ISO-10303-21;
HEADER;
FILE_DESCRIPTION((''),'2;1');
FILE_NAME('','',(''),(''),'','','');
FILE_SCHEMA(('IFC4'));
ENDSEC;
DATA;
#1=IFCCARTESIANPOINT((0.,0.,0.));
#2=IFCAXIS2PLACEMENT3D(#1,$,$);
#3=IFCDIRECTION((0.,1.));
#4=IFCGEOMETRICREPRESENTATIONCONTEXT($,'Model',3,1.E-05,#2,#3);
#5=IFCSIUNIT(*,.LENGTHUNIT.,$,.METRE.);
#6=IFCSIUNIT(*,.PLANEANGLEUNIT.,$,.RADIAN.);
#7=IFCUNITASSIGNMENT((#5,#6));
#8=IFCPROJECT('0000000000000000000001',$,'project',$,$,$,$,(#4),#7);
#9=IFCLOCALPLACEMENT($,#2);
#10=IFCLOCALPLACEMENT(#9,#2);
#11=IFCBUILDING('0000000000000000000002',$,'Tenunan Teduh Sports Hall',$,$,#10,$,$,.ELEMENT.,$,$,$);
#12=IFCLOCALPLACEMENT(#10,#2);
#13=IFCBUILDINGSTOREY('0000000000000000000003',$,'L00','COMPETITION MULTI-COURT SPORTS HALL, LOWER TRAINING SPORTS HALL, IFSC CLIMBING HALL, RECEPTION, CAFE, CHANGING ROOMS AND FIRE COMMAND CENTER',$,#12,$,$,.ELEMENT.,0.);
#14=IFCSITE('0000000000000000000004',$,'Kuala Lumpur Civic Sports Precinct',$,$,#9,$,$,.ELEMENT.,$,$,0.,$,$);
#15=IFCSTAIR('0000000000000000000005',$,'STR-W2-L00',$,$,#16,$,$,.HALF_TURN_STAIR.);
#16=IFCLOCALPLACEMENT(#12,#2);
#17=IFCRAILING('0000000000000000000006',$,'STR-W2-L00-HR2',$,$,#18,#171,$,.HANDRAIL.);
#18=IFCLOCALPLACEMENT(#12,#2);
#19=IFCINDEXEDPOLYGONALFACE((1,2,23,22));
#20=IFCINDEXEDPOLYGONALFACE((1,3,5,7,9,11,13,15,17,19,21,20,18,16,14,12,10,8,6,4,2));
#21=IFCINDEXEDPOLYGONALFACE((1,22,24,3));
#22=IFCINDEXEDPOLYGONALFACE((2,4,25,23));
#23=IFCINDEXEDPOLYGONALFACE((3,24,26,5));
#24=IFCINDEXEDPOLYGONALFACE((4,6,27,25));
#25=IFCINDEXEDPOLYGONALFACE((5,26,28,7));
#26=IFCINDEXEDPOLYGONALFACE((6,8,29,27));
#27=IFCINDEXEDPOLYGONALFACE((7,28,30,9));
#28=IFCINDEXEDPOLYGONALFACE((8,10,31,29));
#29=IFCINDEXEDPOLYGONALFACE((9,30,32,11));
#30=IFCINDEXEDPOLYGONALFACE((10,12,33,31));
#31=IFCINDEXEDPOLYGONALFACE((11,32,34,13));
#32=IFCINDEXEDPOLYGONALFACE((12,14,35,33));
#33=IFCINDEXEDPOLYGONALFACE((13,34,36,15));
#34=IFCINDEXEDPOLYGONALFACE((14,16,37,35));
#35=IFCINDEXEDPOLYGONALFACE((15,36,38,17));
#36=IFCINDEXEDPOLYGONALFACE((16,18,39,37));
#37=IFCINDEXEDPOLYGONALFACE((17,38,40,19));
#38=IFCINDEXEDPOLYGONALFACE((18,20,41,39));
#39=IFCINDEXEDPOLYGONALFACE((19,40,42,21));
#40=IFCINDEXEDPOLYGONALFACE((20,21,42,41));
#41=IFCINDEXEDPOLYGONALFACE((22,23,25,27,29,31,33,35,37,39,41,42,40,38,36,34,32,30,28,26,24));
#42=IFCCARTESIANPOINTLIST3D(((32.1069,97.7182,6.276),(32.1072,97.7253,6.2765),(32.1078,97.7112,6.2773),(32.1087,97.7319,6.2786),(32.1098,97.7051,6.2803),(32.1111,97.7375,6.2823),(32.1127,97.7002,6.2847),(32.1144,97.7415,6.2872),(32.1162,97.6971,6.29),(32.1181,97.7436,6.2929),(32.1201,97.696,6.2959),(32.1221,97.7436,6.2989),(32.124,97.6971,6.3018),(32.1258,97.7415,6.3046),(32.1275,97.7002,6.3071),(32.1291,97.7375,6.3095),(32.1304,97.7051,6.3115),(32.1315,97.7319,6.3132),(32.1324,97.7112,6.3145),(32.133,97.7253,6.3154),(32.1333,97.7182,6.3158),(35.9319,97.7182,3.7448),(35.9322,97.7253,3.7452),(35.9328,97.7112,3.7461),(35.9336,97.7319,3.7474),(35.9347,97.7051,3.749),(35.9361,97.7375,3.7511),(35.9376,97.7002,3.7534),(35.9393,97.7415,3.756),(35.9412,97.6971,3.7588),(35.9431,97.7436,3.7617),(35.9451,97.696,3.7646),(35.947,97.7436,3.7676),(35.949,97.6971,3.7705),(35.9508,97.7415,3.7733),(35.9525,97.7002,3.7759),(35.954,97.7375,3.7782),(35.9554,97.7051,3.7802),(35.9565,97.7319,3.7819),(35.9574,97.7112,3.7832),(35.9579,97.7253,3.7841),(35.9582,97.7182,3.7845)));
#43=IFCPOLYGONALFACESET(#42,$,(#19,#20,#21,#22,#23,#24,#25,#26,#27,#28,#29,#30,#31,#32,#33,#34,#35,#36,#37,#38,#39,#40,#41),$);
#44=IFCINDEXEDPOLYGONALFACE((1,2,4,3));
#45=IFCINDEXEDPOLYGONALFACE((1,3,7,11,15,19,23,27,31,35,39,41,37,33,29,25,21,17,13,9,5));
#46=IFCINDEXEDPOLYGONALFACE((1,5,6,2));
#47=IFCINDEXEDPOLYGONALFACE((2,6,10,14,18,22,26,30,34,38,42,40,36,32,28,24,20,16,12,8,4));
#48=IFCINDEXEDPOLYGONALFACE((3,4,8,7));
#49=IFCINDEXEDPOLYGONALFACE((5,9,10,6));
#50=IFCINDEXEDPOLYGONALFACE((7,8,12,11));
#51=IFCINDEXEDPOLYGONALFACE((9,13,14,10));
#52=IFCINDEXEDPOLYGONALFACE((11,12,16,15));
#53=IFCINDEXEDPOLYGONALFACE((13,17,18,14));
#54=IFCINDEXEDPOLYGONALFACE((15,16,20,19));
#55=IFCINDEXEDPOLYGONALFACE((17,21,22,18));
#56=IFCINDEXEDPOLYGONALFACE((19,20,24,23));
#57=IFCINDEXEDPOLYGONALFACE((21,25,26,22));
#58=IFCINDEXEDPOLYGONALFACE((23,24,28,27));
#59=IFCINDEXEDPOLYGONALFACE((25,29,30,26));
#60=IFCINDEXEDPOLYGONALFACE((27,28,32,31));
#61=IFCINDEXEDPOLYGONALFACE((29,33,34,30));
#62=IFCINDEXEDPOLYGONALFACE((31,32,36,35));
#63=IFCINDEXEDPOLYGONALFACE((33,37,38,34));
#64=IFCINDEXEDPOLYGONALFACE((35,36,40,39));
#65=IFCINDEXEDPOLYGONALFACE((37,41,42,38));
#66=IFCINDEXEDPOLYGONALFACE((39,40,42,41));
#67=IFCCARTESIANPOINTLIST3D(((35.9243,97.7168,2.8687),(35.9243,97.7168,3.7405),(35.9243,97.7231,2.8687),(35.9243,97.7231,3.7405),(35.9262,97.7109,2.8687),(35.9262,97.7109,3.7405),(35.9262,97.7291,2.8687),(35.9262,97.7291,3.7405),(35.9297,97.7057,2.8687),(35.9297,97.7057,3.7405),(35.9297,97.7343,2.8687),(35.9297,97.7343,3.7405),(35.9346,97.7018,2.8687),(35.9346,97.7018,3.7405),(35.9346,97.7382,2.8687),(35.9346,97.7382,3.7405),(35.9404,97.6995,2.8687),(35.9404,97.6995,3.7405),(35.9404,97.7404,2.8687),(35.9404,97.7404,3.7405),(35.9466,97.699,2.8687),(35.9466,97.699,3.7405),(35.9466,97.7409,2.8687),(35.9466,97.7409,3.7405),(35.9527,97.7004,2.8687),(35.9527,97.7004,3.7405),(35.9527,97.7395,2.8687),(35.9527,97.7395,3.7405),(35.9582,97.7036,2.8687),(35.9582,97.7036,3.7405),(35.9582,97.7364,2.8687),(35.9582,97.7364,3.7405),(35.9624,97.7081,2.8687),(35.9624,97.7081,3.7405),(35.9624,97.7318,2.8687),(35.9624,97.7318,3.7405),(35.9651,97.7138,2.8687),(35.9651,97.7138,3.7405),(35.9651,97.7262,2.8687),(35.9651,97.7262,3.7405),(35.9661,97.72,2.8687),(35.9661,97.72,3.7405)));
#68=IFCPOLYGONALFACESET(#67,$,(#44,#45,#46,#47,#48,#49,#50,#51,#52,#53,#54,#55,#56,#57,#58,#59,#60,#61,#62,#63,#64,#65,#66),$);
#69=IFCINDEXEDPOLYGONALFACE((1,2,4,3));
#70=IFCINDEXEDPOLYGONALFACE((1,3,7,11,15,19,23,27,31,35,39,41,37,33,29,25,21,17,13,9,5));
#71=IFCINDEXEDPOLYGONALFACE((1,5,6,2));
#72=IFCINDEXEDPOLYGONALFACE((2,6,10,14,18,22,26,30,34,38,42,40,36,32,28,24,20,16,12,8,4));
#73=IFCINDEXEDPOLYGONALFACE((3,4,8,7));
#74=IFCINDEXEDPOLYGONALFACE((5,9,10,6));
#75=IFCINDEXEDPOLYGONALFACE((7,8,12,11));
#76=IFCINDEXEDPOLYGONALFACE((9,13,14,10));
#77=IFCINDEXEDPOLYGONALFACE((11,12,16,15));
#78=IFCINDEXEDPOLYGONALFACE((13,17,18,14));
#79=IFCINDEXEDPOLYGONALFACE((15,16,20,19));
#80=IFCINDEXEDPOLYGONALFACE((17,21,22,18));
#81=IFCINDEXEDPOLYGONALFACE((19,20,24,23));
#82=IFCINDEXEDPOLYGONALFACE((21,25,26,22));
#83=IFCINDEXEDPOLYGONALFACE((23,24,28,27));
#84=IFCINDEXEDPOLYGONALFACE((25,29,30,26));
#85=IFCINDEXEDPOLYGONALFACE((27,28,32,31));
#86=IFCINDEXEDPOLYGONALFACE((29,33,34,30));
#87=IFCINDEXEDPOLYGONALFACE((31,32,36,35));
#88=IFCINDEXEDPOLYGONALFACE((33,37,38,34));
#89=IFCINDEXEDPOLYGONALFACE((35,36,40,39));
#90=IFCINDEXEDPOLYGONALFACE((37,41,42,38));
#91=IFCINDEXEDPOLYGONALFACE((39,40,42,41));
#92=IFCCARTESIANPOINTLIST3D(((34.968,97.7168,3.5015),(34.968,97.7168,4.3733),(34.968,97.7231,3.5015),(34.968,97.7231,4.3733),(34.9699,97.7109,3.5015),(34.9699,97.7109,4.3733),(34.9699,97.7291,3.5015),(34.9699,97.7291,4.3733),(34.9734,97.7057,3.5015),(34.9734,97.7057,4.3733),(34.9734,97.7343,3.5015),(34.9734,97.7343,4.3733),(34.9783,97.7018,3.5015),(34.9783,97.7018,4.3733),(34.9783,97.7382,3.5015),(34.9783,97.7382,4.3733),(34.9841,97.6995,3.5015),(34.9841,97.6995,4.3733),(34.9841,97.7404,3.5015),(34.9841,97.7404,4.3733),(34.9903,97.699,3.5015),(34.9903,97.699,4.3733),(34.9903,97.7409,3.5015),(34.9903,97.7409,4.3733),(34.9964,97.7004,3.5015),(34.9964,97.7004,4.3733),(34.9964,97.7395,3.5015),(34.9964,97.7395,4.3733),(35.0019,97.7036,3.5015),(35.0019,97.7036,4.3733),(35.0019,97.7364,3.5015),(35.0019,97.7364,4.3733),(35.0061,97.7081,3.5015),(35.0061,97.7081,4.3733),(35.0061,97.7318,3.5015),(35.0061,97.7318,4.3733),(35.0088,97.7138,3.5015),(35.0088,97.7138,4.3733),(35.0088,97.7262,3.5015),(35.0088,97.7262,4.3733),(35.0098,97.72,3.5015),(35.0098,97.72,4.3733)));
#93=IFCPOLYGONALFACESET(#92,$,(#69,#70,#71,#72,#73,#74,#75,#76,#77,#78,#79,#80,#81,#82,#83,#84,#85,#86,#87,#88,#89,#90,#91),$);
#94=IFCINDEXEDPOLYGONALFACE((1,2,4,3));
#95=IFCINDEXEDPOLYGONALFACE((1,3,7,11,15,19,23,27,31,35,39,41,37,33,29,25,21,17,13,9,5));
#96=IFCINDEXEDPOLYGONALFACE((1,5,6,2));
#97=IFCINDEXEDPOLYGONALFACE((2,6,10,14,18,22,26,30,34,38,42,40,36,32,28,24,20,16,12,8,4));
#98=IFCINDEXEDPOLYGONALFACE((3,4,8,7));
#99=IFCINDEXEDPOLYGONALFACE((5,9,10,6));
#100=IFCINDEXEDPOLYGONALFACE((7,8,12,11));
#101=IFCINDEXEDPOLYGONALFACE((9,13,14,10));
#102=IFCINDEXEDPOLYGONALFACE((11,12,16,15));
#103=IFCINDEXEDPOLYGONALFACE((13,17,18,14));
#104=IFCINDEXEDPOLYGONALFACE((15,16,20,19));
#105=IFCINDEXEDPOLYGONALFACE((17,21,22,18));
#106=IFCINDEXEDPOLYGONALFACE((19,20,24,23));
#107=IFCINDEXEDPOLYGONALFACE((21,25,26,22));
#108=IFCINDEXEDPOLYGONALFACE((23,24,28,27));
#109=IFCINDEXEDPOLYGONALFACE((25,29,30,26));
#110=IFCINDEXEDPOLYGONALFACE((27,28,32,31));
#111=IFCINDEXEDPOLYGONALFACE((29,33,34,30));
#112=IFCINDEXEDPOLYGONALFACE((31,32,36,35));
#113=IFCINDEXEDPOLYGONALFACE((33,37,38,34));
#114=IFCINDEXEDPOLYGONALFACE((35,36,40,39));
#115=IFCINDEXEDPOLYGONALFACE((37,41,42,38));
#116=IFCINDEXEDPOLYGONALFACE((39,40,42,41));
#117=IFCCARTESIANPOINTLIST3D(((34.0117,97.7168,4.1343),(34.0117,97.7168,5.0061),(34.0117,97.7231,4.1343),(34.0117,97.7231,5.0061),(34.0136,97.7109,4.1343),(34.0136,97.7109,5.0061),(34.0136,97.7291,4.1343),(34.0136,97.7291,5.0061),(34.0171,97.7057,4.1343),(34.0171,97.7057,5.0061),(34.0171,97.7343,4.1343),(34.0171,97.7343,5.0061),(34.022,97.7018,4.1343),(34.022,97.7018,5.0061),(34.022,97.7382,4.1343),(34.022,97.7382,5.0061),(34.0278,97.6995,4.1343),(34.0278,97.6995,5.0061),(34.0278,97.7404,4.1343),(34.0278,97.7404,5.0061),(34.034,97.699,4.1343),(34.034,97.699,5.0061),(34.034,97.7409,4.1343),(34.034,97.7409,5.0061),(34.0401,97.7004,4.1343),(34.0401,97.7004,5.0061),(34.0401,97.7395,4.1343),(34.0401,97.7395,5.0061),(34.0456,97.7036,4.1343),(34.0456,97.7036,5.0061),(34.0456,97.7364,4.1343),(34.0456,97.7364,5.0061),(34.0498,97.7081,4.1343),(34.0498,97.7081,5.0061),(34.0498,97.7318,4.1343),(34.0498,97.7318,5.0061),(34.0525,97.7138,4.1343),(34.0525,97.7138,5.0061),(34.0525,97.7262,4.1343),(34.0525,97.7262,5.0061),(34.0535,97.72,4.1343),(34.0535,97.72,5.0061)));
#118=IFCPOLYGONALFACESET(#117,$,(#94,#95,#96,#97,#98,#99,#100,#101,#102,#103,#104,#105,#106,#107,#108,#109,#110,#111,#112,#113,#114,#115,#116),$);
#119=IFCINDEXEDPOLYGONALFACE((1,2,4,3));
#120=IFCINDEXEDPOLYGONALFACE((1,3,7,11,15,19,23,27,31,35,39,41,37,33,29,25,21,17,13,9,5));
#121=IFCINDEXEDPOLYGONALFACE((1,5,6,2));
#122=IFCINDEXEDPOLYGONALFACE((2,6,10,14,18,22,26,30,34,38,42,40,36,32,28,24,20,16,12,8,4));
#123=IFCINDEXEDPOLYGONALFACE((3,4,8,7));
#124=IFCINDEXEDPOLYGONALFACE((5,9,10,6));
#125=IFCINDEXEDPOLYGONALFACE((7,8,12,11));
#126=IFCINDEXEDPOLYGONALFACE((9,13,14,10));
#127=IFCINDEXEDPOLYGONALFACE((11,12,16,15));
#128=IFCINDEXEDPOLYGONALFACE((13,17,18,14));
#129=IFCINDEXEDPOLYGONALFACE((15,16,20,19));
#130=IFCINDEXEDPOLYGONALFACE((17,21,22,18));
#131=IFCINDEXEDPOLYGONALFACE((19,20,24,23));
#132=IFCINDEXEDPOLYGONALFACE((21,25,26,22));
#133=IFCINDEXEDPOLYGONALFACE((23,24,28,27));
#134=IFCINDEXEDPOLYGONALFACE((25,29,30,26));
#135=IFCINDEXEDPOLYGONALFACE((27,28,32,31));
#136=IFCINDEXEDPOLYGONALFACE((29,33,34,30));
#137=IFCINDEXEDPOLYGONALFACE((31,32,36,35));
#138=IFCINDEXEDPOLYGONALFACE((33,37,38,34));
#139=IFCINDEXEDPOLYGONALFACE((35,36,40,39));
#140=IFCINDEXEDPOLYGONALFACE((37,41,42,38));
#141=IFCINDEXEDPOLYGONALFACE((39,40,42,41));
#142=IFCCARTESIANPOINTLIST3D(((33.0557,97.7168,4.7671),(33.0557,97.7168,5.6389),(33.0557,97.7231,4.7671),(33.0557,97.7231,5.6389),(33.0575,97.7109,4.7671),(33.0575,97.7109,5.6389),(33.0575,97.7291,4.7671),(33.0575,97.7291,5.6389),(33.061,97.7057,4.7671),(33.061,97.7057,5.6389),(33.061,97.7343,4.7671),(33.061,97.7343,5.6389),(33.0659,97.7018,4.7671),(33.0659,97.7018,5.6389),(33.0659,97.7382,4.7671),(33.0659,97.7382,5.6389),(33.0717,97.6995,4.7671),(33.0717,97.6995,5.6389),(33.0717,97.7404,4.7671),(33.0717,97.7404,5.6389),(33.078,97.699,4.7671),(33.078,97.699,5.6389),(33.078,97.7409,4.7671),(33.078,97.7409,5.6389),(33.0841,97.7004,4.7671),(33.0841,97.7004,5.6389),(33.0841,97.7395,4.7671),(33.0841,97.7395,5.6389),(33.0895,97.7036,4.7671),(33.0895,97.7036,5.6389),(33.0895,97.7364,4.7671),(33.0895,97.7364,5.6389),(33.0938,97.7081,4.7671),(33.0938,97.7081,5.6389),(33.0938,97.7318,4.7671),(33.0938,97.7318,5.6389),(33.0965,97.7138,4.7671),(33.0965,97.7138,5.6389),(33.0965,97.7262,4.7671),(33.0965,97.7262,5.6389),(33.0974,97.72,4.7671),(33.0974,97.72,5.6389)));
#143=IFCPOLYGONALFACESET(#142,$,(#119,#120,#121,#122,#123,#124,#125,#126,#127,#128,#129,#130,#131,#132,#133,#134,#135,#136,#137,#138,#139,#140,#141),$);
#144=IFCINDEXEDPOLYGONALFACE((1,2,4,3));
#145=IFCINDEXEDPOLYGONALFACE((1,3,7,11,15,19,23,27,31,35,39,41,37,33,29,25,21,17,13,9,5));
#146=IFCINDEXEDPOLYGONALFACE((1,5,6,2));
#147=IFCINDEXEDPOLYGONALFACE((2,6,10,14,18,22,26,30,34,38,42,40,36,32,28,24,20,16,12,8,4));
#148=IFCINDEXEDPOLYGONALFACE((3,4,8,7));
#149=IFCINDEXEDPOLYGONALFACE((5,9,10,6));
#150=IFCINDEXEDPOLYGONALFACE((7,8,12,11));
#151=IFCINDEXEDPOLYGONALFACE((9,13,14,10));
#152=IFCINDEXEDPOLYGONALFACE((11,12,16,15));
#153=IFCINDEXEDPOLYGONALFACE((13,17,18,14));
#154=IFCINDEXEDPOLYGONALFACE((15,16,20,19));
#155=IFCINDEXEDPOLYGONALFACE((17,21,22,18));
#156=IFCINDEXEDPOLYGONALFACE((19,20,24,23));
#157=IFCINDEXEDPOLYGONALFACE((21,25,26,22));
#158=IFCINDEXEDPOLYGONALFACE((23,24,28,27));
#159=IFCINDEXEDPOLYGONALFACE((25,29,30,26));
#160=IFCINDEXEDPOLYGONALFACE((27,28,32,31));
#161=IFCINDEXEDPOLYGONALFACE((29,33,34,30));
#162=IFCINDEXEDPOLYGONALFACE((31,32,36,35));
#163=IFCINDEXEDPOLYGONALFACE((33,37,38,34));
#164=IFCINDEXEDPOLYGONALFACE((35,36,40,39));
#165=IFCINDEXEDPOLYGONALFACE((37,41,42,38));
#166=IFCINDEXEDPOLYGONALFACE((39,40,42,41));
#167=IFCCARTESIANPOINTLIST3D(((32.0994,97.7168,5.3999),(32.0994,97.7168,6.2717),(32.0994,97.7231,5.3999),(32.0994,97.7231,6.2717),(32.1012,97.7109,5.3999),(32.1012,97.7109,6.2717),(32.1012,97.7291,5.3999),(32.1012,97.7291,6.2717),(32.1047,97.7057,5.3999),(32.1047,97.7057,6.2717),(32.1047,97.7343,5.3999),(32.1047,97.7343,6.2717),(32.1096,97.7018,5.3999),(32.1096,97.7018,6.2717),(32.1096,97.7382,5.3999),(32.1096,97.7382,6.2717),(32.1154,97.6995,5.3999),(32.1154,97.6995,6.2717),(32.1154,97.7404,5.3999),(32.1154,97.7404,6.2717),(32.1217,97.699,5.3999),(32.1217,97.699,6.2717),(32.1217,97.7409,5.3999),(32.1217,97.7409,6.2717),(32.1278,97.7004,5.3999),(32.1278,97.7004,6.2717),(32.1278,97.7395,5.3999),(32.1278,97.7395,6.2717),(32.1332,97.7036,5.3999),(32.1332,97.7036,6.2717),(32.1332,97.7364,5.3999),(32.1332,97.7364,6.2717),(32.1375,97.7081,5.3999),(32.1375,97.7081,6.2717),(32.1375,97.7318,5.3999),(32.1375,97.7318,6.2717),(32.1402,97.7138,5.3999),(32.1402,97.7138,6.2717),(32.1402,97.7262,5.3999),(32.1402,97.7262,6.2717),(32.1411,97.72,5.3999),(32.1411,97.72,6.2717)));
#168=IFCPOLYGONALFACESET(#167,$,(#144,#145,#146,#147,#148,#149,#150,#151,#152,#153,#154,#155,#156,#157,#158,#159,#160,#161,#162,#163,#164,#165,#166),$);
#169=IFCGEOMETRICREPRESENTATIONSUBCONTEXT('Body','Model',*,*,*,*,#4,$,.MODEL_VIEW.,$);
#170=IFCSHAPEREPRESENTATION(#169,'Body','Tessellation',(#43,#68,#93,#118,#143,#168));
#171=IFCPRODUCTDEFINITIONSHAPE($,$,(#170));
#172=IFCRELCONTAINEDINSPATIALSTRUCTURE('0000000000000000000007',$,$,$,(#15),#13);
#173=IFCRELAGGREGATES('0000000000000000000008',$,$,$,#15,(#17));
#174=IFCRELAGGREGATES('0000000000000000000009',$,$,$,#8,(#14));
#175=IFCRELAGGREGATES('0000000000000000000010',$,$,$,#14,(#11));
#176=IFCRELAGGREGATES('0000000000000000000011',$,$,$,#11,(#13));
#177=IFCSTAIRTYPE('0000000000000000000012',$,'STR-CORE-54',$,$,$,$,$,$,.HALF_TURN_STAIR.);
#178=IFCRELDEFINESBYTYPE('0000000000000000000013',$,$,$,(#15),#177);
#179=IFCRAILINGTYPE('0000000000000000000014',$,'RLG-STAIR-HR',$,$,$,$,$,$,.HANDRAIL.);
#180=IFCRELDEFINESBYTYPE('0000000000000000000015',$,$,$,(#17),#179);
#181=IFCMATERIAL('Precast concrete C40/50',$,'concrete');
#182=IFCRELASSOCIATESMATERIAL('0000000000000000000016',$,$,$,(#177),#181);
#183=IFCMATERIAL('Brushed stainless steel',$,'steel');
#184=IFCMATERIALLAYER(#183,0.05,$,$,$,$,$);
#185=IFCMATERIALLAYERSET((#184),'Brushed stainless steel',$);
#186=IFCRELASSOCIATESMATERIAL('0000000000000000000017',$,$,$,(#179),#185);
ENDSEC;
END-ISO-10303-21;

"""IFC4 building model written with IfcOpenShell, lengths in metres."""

from ifc_helpers import new_model, si_unit, direction, frame, origin, origin_2d, place, context, subcontext, project, spatial, circle, extrude, material, layer, layer_set, type_object, element, aggregate, save


model = new_model("IFC4")

# Units and contexts
model_context = context("Model", 3, precision=1e-05, world=origin(), true_north=direction((0.0, 1.0)))
body_context = subcontext(model_context, "Body", "Model", "MODEL_VIEW")
ifc_project = project(units=[si_unit("LENGTHUNIT", "METRE"), si_unit("PLANEANGLEUNIT", "RADIAN")], contexts=[model_context])

# Site, building, storey
site_placement = place(None, origin())
site = spatial("IfcSite", under=ifc_project, at=site_placement, Name="Kuala Lumpur Civic Sports Precinct", CompositionType="ELEMENT", RefElevation=0.0)
building_placement = place(site_placement, origin())
building = spatial("IfcBuilding", under=site, at=building_placement, Name="Tenunan Teduh Sports Hall", CompositionType="ELEMENT")
storey_placement = place(building_placement, origin())
storey = spatial("IfcBuildingStorey", under=building, at=storey_placement, Name="L00", Description="COMPETITION MULTI-COURT SPORTS HALL, LOWER TRAINING SPORTS HALL, IFSC CLIMBING HALL, RECEPTION, CAFE, CHANGING ROOMS AND FIRE COMMAND CENTER", CompositionType="ELEMENT", Elevation=0.0)

# Stair
ifc_material_1 = material(Name="Precast concrete C40/50", Category="concrete")
stair_type = type_object("IfcStairType", Name="STR-CORE-54", PredefinedType="HALF_TURN_STAIR", material=ifc_material_1)
stair_placement = place(storey_placement, origin())
stair = element("IfcStair", 1, at=stair_placement, inside=storey, type_object=stair_type, Name="STR-W2-L00", PredefinedType="HALF_TURN_STAIR")

# Railing
ifc_material_2 = material(Name="Brushed stainless steel", Category="steel")
ifc_layer_1 = layer(ifc_material_2, 0.05)
ifc_layer_set_1 = layer_set([ifc_layer_1], Name="Brushed stainless steel")
railing_type_1 = type_object("IfcRailingType", Name="RLG-STAIR-HR", PredefinedType="HANDRAIL", material=ifc_layer_set_1)
railing_1_placement = place(storey_placement, frame((35.9451, 97.72, 2.8687)))
railing_1 = element("IfcRailing", 2, at=railing_1_placement, type_object=railing_type_1, Name="STR-W2-L00-HR2", PredefinedType="HANDRAIL", context=body_context, shape_type="SweptSolid", body=[
    extrude(circle(Radius=0.0239, at=origin_2d()), frame((0.0, 0.0, 0.896), z_axis=(-0.833929, 0.0, 0.551872), x_axis=(0.0, -1.0, 0.0)), (0.0, 0.0, 1.0), 4.5867),
    extrude(circle(Radius=0.021, at=origin_2d()), origin(), (0.0, 0.0, 1.0), 0.8718),
    extrude(circle(Radius=0.021, at=origin_2d()), frame((-0.9563, 0.0, 0.6328)), (0.0, 0.0, 1.0), 0.8718),
    extrude(circle(Radius=0.021, at=origin_2d()), frame((-1.9126, 0.0, 1.2656)), (0.0, 0.0, 1.0), 0.8718),
    extrude(circle(Radius=0.021, at=origin_2d()), frame((-2.8687, 0.0, 1.8984)), (0.0, 0.0, 1.0), 0.8718),
    extrude(circle(Radius=0.021, at=origin_2d()), frame((-3.825, 0.0, 2.5312)), (0.0, 0.0, 1.0), 0.8718),
])
aggregate(stair, [railing_1])

save(model, "model.ifc")
